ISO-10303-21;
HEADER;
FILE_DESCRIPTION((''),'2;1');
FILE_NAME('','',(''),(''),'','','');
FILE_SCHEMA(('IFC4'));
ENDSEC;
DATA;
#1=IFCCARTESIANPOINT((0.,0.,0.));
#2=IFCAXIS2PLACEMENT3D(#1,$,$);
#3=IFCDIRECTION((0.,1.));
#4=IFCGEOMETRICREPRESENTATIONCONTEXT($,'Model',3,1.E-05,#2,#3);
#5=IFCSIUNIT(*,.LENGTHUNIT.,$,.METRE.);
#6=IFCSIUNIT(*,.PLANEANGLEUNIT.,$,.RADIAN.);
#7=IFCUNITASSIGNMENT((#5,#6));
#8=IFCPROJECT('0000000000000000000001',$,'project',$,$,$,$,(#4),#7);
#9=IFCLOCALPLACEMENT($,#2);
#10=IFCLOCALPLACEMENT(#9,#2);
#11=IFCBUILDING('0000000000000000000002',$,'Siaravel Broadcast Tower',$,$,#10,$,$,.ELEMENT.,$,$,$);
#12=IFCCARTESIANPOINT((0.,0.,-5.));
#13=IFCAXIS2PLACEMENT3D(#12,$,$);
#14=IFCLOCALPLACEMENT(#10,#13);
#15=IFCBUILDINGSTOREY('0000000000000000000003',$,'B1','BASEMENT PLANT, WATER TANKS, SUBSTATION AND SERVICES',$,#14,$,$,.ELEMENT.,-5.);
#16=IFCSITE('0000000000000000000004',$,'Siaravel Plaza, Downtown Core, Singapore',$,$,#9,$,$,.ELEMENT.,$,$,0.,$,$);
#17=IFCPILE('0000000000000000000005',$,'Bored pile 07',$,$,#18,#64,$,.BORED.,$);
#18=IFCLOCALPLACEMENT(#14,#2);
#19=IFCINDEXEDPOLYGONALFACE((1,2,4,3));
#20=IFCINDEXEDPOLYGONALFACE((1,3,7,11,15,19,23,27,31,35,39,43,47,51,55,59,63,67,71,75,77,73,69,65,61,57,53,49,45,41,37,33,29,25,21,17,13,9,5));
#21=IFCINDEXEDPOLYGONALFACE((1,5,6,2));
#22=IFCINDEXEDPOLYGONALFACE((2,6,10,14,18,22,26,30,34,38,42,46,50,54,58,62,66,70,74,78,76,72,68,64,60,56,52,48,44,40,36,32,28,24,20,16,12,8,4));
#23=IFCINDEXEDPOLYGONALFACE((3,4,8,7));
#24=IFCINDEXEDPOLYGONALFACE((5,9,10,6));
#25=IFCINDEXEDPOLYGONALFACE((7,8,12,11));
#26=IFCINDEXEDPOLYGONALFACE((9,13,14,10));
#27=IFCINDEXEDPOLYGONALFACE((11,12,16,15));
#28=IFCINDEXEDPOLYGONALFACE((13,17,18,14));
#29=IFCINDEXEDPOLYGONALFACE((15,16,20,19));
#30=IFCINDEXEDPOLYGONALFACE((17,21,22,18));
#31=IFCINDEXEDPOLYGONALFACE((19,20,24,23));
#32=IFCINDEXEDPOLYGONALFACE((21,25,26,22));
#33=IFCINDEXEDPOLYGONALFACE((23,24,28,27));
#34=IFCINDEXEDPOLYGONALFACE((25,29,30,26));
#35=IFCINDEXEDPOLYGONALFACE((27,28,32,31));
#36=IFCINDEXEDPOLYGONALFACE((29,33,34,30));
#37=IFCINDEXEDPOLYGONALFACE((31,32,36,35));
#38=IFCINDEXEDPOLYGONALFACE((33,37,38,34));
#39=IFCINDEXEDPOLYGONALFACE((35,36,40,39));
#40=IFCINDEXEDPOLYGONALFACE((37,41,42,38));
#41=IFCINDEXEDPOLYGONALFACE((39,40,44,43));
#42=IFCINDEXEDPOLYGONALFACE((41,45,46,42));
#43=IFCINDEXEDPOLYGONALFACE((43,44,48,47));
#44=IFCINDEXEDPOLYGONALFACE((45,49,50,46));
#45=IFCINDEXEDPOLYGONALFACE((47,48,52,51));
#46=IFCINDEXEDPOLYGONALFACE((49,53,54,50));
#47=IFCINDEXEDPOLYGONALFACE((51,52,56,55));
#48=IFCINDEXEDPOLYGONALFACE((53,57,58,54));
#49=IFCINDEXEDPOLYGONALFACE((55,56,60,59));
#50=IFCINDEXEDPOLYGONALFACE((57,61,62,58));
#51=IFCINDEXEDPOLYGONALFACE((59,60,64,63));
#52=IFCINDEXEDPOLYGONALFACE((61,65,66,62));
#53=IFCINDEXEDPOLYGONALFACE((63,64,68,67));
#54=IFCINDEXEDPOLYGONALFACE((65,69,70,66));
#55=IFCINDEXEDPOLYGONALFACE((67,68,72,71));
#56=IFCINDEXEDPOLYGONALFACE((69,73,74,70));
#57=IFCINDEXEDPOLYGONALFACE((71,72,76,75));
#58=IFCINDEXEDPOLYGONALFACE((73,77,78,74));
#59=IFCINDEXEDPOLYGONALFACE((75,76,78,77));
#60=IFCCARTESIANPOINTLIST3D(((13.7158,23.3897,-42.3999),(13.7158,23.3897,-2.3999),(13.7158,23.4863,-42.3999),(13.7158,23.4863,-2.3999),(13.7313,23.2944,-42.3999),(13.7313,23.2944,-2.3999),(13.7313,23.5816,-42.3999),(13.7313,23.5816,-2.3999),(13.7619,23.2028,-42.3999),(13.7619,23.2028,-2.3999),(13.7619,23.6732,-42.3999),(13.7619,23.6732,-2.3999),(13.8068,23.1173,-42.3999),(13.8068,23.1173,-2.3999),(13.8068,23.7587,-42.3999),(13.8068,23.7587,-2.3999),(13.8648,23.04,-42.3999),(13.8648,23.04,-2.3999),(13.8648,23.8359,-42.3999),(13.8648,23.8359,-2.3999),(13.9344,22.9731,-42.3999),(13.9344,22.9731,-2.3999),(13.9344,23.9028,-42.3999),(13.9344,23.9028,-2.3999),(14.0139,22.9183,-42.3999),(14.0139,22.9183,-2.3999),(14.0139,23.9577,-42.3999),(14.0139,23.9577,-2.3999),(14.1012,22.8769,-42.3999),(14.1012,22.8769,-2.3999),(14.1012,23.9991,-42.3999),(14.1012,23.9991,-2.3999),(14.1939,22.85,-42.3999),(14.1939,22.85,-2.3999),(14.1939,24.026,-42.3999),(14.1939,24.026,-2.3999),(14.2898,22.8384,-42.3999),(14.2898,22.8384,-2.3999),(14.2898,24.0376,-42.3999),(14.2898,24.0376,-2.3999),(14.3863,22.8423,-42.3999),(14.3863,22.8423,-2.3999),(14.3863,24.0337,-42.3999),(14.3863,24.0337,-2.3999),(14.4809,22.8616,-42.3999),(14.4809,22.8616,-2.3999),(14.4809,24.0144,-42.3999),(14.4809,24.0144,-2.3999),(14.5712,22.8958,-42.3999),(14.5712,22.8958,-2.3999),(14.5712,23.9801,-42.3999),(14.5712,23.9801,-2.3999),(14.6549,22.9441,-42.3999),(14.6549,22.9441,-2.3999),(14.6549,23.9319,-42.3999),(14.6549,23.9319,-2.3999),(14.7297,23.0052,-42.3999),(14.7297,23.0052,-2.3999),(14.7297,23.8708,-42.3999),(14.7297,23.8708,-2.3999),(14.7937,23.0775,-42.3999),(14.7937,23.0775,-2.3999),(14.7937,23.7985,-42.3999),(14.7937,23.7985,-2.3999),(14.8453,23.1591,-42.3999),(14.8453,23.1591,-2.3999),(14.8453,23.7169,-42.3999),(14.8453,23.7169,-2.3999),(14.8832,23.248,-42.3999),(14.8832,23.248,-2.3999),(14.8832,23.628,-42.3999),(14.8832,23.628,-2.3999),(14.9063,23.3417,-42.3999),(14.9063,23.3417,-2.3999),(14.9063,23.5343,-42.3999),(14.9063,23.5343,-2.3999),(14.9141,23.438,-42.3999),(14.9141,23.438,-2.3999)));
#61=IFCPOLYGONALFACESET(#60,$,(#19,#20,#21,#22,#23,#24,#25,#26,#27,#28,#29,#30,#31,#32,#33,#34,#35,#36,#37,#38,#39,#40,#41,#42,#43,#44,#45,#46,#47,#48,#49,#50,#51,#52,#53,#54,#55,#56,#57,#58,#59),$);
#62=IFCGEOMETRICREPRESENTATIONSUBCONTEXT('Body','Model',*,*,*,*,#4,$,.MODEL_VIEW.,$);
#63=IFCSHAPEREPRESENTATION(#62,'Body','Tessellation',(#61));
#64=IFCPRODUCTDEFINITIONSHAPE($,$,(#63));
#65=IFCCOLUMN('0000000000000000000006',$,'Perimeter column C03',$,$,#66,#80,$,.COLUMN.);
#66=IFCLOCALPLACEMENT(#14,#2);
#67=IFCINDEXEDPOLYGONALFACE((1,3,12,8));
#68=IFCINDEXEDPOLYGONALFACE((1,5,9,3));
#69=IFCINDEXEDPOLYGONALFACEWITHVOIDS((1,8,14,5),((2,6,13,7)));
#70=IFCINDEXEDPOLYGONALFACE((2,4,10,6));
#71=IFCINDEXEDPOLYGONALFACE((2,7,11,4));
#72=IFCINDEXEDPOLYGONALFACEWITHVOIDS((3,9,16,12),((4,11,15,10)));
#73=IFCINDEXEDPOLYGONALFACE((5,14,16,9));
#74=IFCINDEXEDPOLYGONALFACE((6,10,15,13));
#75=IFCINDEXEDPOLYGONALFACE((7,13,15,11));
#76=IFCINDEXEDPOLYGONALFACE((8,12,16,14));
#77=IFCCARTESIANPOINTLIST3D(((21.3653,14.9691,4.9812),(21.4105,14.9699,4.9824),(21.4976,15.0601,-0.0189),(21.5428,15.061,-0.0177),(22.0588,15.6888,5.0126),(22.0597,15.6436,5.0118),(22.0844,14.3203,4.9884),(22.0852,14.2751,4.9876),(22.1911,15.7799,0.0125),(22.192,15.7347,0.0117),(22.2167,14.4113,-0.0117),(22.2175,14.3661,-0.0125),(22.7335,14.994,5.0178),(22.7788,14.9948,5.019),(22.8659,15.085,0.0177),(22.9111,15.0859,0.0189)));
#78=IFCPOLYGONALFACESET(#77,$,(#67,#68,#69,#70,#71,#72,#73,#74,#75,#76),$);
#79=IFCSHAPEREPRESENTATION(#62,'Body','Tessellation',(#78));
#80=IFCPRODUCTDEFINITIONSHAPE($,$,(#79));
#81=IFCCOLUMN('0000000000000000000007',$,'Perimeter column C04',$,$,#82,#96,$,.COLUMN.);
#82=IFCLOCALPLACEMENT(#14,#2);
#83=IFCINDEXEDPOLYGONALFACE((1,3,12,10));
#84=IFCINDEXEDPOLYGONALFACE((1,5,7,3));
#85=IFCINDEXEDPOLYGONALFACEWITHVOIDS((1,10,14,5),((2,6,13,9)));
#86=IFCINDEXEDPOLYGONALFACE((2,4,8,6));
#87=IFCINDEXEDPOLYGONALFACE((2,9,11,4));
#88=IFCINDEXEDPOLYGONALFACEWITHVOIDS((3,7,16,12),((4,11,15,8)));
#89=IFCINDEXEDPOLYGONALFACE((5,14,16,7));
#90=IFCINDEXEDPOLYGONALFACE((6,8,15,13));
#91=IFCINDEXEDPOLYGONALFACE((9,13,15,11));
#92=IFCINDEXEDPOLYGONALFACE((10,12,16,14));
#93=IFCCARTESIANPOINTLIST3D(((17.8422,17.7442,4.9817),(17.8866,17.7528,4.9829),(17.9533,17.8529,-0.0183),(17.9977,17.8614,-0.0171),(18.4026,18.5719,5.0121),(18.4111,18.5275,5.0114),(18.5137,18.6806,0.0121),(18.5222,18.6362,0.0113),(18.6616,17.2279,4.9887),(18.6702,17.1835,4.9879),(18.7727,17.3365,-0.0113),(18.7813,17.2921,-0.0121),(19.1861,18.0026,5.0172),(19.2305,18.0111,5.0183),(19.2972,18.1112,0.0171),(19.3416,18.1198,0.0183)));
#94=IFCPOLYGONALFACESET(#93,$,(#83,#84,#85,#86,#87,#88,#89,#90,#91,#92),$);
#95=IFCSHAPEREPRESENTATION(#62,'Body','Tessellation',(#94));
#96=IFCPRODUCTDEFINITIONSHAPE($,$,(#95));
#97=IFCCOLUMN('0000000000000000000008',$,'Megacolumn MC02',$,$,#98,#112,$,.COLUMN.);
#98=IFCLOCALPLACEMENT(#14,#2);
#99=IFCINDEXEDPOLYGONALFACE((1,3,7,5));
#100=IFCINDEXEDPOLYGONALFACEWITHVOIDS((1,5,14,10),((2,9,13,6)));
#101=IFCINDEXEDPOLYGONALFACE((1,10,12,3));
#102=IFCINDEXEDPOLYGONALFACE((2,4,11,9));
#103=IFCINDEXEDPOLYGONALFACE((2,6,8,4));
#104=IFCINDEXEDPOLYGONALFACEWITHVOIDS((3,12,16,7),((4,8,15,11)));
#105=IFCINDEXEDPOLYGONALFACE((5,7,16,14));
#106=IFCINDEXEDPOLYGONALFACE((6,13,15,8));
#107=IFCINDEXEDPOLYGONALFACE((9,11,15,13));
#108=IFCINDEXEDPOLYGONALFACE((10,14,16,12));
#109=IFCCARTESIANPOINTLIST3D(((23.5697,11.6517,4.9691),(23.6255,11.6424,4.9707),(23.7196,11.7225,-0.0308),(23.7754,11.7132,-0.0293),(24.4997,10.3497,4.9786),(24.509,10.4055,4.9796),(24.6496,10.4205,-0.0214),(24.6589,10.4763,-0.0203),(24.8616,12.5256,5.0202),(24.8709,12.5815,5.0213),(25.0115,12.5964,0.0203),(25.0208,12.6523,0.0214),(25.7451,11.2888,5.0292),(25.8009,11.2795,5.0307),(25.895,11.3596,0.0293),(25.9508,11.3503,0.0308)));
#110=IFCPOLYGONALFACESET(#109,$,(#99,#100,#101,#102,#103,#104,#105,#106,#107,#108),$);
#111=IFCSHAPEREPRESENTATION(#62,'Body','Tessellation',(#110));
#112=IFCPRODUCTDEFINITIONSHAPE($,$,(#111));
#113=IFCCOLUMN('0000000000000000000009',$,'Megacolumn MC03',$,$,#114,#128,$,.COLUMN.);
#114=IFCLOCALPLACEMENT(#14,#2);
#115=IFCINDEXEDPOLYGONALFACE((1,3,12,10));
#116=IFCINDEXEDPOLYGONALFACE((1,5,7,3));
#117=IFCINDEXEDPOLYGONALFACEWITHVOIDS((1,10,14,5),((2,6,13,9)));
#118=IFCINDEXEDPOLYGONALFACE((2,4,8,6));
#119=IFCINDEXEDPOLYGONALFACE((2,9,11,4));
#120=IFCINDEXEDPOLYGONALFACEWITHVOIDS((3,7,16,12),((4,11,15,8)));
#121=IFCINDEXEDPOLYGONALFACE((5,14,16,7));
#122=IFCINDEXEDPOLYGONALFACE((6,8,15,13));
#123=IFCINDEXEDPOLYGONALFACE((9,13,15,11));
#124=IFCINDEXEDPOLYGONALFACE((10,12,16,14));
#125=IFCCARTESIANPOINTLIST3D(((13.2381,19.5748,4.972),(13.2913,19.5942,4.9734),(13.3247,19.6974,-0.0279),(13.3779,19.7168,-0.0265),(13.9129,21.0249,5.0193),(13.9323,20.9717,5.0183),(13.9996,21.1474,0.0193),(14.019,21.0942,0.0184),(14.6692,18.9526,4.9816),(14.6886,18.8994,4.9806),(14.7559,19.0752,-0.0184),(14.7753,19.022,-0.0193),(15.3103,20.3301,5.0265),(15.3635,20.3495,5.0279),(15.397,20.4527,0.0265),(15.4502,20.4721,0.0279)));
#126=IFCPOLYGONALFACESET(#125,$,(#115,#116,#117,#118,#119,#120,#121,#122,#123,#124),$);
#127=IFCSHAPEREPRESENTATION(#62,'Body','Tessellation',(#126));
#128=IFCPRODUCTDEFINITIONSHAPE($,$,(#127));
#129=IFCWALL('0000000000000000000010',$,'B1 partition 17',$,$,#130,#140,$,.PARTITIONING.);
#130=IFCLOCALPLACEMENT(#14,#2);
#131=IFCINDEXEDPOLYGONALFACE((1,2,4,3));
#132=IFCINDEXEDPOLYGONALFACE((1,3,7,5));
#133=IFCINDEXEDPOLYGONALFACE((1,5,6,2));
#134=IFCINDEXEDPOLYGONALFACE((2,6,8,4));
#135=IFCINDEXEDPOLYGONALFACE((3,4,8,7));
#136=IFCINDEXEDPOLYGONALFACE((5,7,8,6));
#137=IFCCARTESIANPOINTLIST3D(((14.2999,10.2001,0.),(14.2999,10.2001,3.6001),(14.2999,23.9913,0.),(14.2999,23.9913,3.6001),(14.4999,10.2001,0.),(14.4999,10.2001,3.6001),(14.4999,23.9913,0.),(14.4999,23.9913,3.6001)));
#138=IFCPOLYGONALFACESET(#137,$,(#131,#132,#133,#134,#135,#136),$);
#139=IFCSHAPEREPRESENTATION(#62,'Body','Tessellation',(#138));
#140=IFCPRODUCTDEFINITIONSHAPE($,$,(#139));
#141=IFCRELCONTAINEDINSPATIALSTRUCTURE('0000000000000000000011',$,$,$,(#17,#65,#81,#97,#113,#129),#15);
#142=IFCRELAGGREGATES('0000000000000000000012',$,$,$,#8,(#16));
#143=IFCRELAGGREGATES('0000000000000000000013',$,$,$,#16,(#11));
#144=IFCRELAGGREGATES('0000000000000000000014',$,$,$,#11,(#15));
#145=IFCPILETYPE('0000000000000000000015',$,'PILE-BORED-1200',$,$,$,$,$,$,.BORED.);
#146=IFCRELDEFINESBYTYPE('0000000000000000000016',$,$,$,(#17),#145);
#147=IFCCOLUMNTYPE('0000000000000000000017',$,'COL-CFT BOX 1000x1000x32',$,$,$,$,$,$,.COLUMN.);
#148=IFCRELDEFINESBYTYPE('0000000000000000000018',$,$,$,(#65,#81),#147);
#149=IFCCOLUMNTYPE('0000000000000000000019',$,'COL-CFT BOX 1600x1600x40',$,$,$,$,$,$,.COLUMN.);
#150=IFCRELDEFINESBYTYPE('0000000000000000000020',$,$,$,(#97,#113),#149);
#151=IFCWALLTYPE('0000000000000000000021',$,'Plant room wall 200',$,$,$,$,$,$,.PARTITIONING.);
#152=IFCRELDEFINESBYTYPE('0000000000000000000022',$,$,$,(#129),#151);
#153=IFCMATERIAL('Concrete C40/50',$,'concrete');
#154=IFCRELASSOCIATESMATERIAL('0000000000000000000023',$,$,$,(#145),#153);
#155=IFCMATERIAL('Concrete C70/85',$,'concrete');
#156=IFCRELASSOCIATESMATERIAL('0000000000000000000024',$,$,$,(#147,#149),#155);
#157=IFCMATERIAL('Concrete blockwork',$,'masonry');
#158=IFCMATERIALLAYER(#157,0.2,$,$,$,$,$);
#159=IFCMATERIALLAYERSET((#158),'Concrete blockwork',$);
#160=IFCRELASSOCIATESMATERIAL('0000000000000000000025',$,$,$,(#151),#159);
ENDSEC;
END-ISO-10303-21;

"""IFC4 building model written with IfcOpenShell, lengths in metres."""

from ifc_helpers import new_model, si_unit, direction, frame, frame_2d, origin, origin_2d, place, context, subcontext, project, spatial, rectangle, hollow_rectangle, circle, extrude, material, layer, layer_set, material_profile, profile_set, type_object, element, save


model = new_model("IFC4")

# Units and contexts
model_context = context("Model", 3, precision=1e-05, world=origin(), true_north=direction((0.0, 1.0)))
body_context = subcontext(model_context, "Body", "Model", "MODEL_VIEW")
ifc_project = project(units=[si_unit("LENGTHUNIT", "METRE"), si_unit("PLANEANGLEUNIT", "RADIAN")], contexts=[model_context])

# Site, building, storey
site_placement = place(None, origin())
site = spatial("IfcSite", under=ifc_project, at=site_placement, Name="Siaravel Plaza, Downtown Core, Singapore", CompositionType="ELEMENT", RefElevation=0.0)
building_placement = place(site_placement, origin())
building = spatial("IfcBuilding", under=site, at=building_placement, Name="Siaravel Broadcast Tower", CompositionType="ELEMENT")
storey_placement = place(building_placement, frame((0.0, 0.0, -5.0)))
storey = spatial("IfcBuildingStorey", under=building, at=storey_placement, Name="B1", Description="BASEMENT PLANT, WATER TANKS, SUBSTATION AND SERVICES", CompositionType="ELEMENT", Elevation=-5.0)

# Shared definitions
ifc_material_1 = material(Name="Concrete C40/50", Category="concrete")

# Pile
ifc_material_profile_1 = material_profile(ifc_material_1, circle(Radius=0.6001, at=origin_2d()))
ifc_profile_set_1 = profile_set([ifc_material_profile_1], Name="Concrete C40/50")
pile_type = type_object("IfcPileType", Name="PILE-BORED-1200", PredefinedType="BORED", material=ifc_profile_set_1)
for number, where, z_axis, x_axis, name in (
    (1, (14.314, 23.438, -2.3999), (0.0, 0.0, -1.0), (1.0, 0.0, 0.0), "Bored pile 07"),
):
    element("IfcPile", number, at=place(storey_placement, frame(where, z_axis=z_axis, x_axis=x_axis)), inside=storey, type_object=pile_type, Name=name, PredefinedType="BORED", context=body_context, shape_type="SweptSolid", body=[
        extrude(circle(Radius=0.6001, at=origin_2d()), origin(), (0.0, 0.0, 1.0), 40.0),
    ])

# Columns
ifc_material_2 = material(Name="Concrete C70/85", Category="concrete")
ifc_material_profile_2 = material_profile(ifc_material_2, hollow_rectangle(XDim=1.0, YDim=1.0, WallThickness=0.032, at=origin_2d()))
ifc_profile_set_2 = profile_set([ifc_material_profile_2], Name="Concrete C70/85")
column_type_1 = type_object("IfcColumnType", Name="COL-CFT BOX 1000x1000x32", PredefinedType="COLUMN", material=ifc_profile_set_2)
column_1_placement = place(storey_placement, frame((22.2043, 15.073, 0.0), z_axis=(-0.026451, -0.018203, 0.999484), x_axis=(0.719939, -0.694008, 0.006413)))
element("IfcColumn", 2, at=column_1_placement, inside=storey, type_object=column_type_1, Name="Perimeter column C03", PredefinedType="COLUMN", context=body_context, shape_type="SweptSolid", body=[
    extrude(hollow_rectangle(XDim=1.0, YDim=1.0, WallThickness=0.032, at=origin_2d()), origin(), (0.0, 0.0, 1.0), 5.0027),
])
column_2_placement = place(storey_placement, frame((18.6475, 17.9863, 0.0), z_axis=(-0.022206, -0.021718, 0.999517), x_axis=(0.827946, -0.560773, 0.00621)))
element("IfcColumn", 3, at=column_2_placement, inside=storey, type_object=column_type_1, Name="Perimeter column C04", PredefinedType="COLUMN", context=body_context, shape_type="SweptSolid", body=[
    extrude(hollow_rectangle(XDim=1.0, YDim=1.0, WallThickness=0.032, at=origin_2d()), origin(), (0.0, 0.0, 1.0), 5.0024),
])
ifc_material_profile_3 = material_profile(ifc_material_2, hollow_rectangle(XDim=1.6001, YDim=1.6001, WallThickness=0.04, at=origin_2d()))
ifc_profile_set_3 = profile_set([ifc_material_profile_3], Name="Concrete C70/85")
column_type_2 = type_object("IfcColumnType", Name="COL-CFT BOX 1600x1600x40", PredefinedType="COLUMN", material=ifc_profile_set_3)
column_3_placement = place(storey_placement, frame((24.8352, 11.5364, 0.0), z_axis=(-0.029964, -0.014152, 0.999451), x_axis=(0.581239, -0.813712, 0.005904)))
element("IfcColumn", 4, at=column_3_placement, inside=storey, type_object=column_type_2, Name="Megacolumn MC02", PredefinedType="COLUMN", context=body_context, shape_type="SweptSolid", body=[
    extrude(hollow_rectangle(XDim=1.6001, YDim=1.6001, WallThickness=0.04, at=origin_2d()), origin(), (0.0, 0.0, 1.0), 5.0027),
])
column_4_placement = place(storey_placement, frame((14.3875, 20.0847, 0.0), z_axis=(-0.017326, -0.024501, 0.99955), x_axis=(0.906542, -0.422081, 0.005368)))
element("IfcColumn", 5, at=column_4_placement, inside=storey, type_object=column_type_2, Name="Megacolumn MC03", PredefinedType="COLUMN", context=body_context, shape_type="SweptSolid", body=[
    extrude(hollow_rectangle(XDim=1.6001, YDim=1.6001, WallThickness=0.04, at=origin_2d()), origin(), (0.0, 0.0, 1.0), 5.0022),
])

# Wall
ifc_material_3 = material(Name="Concrete blockwork", Category="masonry")
ifc_layer = layer(ifc_material_3, 0.2)
ifc_layer_set = layer_set([ifc_layer], Name="Concrete blockwork")
wall_type = type_object("IfcWallType", Name="Plant room wall 200", PredefinedType="PARTITIONING", material=ifc_layer_set)
wall_placement = place(storey_placement, frame((14.3999, 23.9912, 0.0), z_axis=(0.0, 0.0, 1.0), x_axis=(0.0, -1.0, 0.0)))
element("IfcWall", 6, at=wall_placement, inside=storey, type_object=wall_type, Name="B1 partition 17", PredefinedType="PARTITIONING", context=body_context, shape_type="SweptSolid", body=[
    extrude(rectangle(XDim=13.7913, YDim=0.2, at=frame_2d((6.8955, 0.0))), origin(), (0.0, 0.0, 1.0), 3.6001),
])

save(model, "model.ifc")
